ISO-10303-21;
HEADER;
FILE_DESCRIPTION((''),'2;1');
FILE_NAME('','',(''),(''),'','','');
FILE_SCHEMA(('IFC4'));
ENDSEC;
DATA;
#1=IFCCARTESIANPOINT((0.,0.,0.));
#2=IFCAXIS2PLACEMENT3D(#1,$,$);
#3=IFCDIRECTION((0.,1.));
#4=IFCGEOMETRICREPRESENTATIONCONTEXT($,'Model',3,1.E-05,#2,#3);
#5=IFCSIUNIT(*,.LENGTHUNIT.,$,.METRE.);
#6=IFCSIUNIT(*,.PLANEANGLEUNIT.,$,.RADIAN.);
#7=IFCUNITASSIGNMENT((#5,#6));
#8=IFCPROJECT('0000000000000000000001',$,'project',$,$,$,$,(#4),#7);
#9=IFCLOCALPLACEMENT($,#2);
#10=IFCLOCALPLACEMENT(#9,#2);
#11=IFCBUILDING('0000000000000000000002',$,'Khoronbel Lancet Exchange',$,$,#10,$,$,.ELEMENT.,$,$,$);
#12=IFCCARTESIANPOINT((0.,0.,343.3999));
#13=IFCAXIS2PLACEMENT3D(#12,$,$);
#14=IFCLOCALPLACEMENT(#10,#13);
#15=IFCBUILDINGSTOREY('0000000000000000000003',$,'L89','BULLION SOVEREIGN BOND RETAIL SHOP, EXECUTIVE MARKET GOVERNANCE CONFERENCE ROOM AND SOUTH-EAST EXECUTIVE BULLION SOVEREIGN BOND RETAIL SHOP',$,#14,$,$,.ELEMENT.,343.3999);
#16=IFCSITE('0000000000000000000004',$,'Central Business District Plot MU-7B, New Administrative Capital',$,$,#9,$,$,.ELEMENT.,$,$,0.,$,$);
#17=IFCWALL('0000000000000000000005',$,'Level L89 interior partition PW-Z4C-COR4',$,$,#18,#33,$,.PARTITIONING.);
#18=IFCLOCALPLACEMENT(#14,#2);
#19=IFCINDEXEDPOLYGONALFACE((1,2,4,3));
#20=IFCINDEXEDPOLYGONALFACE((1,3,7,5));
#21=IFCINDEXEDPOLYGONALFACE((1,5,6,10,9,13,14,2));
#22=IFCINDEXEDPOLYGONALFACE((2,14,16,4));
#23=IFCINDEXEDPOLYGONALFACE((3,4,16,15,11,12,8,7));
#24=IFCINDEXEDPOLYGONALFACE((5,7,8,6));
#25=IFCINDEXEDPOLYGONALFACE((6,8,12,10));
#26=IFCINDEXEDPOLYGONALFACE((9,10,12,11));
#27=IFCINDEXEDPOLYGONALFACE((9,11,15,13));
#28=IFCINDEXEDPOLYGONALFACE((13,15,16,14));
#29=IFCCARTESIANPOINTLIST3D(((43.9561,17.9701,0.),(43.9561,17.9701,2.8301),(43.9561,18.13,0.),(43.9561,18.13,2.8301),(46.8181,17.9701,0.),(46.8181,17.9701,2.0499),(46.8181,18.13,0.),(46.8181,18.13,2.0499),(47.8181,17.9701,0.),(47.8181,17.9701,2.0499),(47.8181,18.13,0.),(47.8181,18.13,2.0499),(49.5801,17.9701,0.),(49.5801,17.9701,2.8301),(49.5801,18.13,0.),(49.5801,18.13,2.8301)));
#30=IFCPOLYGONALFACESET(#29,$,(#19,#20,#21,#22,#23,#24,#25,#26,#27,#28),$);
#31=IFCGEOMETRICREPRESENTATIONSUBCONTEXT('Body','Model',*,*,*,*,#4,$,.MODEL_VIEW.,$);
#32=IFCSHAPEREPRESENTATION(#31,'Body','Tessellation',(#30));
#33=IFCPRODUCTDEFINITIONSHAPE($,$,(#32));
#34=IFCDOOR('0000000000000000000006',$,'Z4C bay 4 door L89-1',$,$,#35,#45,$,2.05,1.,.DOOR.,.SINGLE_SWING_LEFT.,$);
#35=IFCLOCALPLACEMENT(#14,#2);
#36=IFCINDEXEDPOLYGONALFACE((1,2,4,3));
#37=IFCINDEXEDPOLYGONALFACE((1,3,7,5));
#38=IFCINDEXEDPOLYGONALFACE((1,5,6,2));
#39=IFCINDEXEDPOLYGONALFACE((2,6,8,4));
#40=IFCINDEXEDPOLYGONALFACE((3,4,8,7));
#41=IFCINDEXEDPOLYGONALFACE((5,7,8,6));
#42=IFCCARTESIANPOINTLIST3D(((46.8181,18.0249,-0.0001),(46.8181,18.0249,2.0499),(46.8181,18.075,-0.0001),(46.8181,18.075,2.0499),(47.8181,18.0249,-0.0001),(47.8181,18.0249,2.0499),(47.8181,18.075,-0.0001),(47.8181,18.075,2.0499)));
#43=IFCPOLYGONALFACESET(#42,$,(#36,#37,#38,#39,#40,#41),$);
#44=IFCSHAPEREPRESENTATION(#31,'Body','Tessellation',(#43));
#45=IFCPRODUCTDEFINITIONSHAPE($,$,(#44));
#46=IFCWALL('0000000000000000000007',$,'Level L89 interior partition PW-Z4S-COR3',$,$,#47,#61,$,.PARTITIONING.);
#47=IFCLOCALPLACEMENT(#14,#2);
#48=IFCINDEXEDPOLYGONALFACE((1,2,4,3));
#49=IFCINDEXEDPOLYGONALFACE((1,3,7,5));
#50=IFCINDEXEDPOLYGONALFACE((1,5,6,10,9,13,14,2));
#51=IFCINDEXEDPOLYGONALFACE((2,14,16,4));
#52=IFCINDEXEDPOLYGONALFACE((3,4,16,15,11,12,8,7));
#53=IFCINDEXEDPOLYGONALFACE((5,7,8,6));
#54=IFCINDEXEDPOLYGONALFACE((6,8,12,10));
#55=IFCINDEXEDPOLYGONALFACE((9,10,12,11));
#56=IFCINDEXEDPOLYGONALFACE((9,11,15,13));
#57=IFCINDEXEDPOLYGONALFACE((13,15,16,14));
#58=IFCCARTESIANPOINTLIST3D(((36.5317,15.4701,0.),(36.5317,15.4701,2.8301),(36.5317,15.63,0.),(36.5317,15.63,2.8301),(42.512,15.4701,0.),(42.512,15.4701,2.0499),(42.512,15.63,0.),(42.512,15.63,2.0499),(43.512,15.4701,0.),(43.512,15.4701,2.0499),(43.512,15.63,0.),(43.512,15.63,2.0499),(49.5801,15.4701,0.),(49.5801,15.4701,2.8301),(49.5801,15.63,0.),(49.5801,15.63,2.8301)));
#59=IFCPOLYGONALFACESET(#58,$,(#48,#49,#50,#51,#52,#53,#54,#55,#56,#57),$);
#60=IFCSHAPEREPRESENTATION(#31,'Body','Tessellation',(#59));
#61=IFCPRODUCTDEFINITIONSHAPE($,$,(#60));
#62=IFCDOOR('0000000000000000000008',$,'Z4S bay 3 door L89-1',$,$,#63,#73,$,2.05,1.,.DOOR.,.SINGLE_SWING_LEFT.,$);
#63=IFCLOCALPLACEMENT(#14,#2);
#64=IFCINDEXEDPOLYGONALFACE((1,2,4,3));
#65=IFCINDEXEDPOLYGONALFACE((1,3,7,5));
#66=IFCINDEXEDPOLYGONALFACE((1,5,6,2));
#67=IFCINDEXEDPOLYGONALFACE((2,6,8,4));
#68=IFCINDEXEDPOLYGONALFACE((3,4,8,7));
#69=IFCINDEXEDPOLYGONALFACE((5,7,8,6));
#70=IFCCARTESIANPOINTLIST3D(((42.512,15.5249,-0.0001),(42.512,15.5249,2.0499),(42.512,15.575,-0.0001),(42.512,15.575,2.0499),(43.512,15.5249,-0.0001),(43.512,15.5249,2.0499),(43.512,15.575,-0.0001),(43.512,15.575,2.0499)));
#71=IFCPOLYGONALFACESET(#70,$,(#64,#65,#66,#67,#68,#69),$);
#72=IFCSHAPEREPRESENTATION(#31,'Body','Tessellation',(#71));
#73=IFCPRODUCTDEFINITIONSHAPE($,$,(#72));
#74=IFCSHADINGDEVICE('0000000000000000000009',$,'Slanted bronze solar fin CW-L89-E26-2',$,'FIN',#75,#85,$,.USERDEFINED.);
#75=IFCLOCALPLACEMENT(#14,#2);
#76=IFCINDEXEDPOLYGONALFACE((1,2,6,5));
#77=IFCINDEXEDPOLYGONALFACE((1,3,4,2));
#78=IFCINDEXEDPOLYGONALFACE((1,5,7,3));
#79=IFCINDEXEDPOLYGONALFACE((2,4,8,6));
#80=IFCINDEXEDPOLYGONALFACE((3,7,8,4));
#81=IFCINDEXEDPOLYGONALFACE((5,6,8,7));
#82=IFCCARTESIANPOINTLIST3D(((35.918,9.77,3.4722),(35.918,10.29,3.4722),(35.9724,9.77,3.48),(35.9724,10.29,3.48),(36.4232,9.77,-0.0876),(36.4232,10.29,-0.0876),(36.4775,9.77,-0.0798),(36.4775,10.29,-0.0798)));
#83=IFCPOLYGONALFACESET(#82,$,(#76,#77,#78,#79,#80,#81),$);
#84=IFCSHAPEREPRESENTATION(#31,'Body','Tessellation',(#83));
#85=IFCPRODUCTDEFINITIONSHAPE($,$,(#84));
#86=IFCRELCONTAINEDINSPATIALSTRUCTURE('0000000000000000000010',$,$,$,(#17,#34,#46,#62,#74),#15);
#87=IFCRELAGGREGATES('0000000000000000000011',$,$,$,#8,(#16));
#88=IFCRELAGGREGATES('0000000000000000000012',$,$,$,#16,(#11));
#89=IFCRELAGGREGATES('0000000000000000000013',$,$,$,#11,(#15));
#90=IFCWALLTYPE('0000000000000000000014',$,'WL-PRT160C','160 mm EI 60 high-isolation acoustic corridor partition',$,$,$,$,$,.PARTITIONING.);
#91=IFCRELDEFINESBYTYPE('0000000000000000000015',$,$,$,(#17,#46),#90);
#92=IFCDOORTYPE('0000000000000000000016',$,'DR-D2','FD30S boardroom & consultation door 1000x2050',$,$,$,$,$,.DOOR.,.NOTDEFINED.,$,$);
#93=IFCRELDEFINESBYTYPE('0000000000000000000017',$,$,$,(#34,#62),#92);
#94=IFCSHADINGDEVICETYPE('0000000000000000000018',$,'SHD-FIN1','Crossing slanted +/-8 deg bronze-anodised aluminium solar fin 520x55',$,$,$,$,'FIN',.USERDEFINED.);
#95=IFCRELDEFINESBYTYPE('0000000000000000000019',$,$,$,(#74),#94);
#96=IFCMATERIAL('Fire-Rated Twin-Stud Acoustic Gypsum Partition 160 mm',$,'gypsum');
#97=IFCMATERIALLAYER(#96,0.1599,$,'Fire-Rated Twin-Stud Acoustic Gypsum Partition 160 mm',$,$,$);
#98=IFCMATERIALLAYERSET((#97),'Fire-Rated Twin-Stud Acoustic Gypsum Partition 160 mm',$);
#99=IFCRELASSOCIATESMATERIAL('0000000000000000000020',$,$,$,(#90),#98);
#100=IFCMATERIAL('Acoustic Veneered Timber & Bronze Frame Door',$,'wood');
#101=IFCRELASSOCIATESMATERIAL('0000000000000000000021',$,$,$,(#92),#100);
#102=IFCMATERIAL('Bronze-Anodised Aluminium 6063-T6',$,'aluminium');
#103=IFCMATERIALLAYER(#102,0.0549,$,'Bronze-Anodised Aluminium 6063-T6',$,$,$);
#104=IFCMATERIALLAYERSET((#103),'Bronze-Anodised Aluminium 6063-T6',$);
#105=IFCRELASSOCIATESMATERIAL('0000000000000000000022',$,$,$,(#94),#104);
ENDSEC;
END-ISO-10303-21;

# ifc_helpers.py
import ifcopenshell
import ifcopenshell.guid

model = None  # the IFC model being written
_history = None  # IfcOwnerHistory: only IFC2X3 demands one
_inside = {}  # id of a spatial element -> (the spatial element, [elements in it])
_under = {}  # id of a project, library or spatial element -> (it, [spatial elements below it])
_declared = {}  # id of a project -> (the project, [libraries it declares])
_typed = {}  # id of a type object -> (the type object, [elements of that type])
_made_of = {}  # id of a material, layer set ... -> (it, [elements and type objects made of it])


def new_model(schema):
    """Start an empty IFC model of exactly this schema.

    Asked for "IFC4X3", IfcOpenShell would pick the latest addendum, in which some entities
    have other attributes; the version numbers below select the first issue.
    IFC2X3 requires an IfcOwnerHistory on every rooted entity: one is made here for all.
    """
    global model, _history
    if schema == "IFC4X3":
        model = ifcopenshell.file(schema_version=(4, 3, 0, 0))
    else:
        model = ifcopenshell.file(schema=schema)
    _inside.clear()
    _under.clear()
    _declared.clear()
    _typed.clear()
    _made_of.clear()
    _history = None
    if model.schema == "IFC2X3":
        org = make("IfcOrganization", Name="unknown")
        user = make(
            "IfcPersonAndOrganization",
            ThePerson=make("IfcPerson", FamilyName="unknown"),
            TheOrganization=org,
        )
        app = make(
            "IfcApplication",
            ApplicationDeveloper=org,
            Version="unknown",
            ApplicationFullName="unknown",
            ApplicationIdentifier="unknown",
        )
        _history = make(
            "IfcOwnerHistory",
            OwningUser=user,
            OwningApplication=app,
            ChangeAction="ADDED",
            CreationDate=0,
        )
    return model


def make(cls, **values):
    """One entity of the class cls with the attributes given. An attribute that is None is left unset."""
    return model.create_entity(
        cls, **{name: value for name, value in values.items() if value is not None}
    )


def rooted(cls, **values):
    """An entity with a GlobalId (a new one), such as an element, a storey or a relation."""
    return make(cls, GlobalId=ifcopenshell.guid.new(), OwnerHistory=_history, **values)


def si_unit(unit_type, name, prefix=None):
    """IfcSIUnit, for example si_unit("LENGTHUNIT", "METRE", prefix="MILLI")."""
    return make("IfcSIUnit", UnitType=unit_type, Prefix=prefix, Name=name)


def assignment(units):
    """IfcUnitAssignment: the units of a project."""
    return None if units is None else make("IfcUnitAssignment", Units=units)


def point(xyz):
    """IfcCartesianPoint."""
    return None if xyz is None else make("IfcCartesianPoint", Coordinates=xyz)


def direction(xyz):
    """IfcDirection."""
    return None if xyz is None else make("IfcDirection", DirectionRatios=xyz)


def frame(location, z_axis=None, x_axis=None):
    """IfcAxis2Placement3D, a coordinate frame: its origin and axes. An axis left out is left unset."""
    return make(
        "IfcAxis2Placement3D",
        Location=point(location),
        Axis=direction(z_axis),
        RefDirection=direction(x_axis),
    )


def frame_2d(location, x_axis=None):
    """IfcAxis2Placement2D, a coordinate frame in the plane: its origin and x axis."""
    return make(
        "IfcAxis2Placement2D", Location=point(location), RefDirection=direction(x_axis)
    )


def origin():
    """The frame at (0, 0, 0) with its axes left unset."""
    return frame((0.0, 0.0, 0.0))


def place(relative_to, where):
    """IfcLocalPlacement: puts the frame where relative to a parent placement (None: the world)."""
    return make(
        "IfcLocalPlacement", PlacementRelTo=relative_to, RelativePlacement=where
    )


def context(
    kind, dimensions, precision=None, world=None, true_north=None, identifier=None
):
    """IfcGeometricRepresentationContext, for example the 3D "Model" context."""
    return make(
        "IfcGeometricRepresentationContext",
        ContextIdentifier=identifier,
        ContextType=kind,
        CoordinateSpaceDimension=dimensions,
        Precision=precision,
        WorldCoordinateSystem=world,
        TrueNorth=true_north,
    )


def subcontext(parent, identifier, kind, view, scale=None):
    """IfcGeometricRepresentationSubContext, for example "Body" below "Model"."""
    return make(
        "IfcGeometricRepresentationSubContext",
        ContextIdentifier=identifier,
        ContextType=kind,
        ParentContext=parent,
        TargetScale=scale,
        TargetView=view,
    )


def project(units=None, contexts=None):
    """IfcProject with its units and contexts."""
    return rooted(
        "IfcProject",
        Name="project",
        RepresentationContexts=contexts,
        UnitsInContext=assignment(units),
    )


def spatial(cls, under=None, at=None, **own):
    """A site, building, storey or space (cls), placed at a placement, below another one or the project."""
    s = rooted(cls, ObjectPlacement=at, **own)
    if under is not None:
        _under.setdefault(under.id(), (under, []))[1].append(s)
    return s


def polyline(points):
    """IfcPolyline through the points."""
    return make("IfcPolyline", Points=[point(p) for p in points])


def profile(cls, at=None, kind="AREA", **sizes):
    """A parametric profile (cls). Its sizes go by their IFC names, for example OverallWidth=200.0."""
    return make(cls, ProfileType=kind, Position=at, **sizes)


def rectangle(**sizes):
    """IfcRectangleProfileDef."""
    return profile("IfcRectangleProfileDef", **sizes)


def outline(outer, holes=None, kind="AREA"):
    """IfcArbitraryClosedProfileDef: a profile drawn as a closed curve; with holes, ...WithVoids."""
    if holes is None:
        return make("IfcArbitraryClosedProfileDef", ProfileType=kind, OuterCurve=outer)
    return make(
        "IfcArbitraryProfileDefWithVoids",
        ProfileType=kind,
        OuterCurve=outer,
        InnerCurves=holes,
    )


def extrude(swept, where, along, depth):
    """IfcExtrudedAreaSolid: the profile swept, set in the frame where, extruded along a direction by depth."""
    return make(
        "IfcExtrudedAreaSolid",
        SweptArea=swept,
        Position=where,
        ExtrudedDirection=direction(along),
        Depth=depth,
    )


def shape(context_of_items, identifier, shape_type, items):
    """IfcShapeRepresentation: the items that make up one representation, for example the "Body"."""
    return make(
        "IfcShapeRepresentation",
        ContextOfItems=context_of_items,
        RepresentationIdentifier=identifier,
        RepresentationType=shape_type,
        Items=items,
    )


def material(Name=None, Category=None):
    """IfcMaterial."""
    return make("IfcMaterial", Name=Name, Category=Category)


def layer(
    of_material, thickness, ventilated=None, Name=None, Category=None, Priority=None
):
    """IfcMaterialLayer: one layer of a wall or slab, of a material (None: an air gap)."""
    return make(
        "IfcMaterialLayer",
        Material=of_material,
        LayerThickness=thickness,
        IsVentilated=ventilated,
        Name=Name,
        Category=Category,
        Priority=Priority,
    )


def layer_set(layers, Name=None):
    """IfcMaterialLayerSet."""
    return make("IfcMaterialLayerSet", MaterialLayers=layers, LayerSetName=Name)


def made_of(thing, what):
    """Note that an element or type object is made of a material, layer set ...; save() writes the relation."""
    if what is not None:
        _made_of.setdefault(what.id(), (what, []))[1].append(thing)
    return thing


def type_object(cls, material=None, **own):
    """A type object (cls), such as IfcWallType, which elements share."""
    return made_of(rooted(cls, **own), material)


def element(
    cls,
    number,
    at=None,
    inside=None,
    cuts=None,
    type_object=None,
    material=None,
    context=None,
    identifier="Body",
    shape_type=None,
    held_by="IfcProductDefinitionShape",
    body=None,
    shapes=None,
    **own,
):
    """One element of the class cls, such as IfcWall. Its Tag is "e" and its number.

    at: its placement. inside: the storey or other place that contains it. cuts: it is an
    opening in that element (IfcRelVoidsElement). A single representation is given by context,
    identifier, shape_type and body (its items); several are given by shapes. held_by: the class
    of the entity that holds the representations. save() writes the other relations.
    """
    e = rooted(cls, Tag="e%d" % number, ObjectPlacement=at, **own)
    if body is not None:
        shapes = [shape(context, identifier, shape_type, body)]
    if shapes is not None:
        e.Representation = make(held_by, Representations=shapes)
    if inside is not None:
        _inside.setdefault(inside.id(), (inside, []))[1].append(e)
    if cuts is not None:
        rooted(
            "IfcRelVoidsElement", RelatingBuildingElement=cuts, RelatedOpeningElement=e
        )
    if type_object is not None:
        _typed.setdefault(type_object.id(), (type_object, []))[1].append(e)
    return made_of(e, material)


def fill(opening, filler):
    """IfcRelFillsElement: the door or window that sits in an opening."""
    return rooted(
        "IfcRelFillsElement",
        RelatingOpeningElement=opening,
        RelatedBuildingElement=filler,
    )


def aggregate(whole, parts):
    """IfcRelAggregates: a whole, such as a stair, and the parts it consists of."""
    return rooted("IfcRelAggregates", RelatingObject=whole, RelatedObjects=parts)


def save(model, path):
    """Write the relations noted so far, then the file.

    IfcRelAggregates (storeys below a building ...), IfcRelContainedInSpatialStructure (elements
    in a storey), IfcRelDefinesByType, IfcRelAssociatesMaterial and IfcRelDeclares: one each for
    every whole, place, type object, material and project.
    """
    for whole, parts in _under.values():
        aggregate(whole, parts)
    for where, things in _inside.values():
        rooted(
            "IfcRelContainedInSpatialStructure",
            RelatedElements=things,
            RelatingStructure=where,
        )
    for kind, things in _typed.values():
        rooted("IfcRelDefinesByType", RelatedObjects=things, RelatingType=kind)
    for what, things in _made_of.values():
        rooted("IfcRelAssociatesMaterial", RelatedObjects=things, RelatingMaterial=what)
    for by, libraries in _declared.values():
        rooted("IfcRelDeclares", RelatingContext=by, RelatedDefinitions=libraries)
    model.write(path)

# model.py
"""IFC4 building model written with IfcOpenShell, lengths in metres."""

from ifc_helpers import new_model, si_unit, direction, frame, frame_2d, origin, place, context, subcontext, project, spatial, polyline, rectangle, outline, extrude, material, layer, layer_set, type_object, element, fill, save


model = new_model("IFC4")

# Units and contexts
model_context = context("Model", 3, precision=1e-05, world=origin(), true_north=direction((0.0, 1.0)))
body_context = subcontext(model_context, "Body", "Model", "MODEL_VIEW")
ifc_project = project(units=[si_unit("LENGTHUNIT", "METRE"), si_unit("PLANEANGLEUNIT", "RADIAN")], contexts=[model_context])

# Site, building, storey
site_placement = place(None, origin())
site = spatial("IfcSite", under=ifc_project, at=site_placement, Name="Central Business District Plot MU-7B, New Administrative Capital", CompositionType="ELEMENT", RefElevation=0.0)
building_placement = place(site_placement, origin())
building = spatial("IfcBuilding", under=site, at=building_placement, Name="Khoronbel Lancet Exchange", CompositionType="ELEMENT")
storey_placement = place(building_placement, frame((0.0, 0.0, 343.3999)))
storey = spatial("IfcBuildingStorey", under=building, at=storey_placement, Name="L89", Description="BULLION SOVEREIGN BOND RETAIL SHOP, EXECUTIVE MARKET GOVERNANCE CONFERENCE ROOM AND SOUTH-EAST EXECUTIVE BULLION SOVEREIGN BOND RETAIL SHOP", CompositionType="ELEMENT", Elevation=343.3999)

# Shared definitions
ifc_material_1 = material(Name="Bronze-Anodised Aluminium 6063-T6", Category="aluminium")

# Walls, openings, doors
ifc_material_2 = material(Name="Fire-Rated Twin-Stud Acoustic Gypsum Partition 160 mm", Category="gypsum")
ifc_layer_1 = layer(ifc_material_2, 0.1599, Name="Fire-Rated Twin-Stud Acoustic Gypsum Partition 160 mm")
ifc_layer_set_1 = layer_set([ifc_layer_1], Name="Fire-Rated Twin-Stud Acoustic Gypsum Partition 160 mm")
wall_type_1 = type_object("IfcWallType", Name="WL-PRT160C", Description="160 mm EI 60 high-isolation acoustic corridor partition", PredefinedType="PARTITIONING", material=ifc_layer_set_1)
ifc_material_3 = material(Name="Acoustic Veneered Timber & Bronze Frame Door", Category="wood")
door_type_1 = type_object("IfcDoorType", Name="DR-D2", Description="FD30S boardroom & consultation door 1000x2050", OperationType="NOTDEFINED", PredefinedType="DOOR", material=ifc_material_3)
wall_1_placement = place(storey_placement, frame((43.9561, 18.05, 0.0), z_axis=(0.0, 0.0, 1.0), x_axis=(1.0, 0.0, 0.0)))
wall_1 = element("IfcWall", 1, at=wall_1_placement, inside=storey, type_object=wall_type_1, Name="Level L89 interior partition PW-Z4C-COR4", PredefinedType="PARTITIONING", context=body_context, shape_type="SweptSolid", body=[
    extrude(rectangle(XDim=5.624, YDim=0.1599, at=frame_2d((2.812, 0.0))), origin(), (0.0, 0.0, 1.0), 2.8301),
])
opening_1_placement = place(wall_1_placement, frame((2.8621, 0.0, 0.0)))
opening_1 = element("IfcOpeningElement", 2, at=opening_1_placement, cuts=wall_1, PredefinedType="OPENING", context=body_context, shape_type="SweptSolid", body=[
    extrude(rectangle(XDim=1.0, YDim=2.05, at=frame_2d((0.5, 1.0249))), frame((0.0, 0.0898, 0.0), z_axis=(0.0, -1.0, 0.0), x_axis=(1.0, 0.0, 0.0)), (0.0, 0.0, 1.0), 0.1799),
])
door_1_placement = place(opening_1_placement, origin())
door_1 = element("IfcDoor", 3, at=door_1_placement, inside=storey, type_object=door_type_1, Name="Z4C bay 4 door L89-1", OperationType="SINGLE_SWING_LEFT", OverallHeight=2.05, OverallWidth=1.0, PredefinedType="DOOR", context=body_context, shape_type="SweptSolid", body=[
    extrude(rectangle(XDim=1.0, YDim=2.05, at=frame_2d((0.5, 1.0249))), frame((0.0, 0.0249, 0.0), z_axis=(0.0, -1.0, 0.0), x_axis=(1.0, 0.0, 0.0)), (0.0, 0.0, 1.0), 0.05),
])
fill(opening_1, door_1)
wall_2_placement = place(storey_placement, frame((36.5317, 15.55, 0.0), z_axis=(0.0, 0.0, 1.0), x_axis=(1.0, 0.0, 0.0)))
wall_2 = element("IfcWall", 4, at=wall_2_placement, inside=storey, type_object=wall_type_1, Name="Level L89 interior partition PW-Z4S-COR3", PredefinedType="PARTITIONING", context=body_context, shape_type="SweptSolid", body=[
    extrude(rectangle(XDim=13.0483, YDim=0.1599, at=frame_2d((6.5242, 0.0))), origin(), (0.0, 0.0, 1.0), 2.8301),
])
opening_2_placement = place(wall_2_placement, frame((5.9802, 0.0, 0.0)))
opening_2 = element("IfcOpeningElement", 5, at=opening_2_placement, cuts=wall_2, PredefinedType="OPENING", context=body_context, shape_type="SweptSolid", body=[
    extrude(rectangle(XDim=1.0, YDim=2.05, at=frame_2d((0.5, 1.0249))), frame((0.0, 0.0898, 0.0), z_axis=(0.0, -1.0, 0.0), x_axis=(1.0, 0.0, 0.0)), (0.0, 0.0, 1.0), 0.1799),
])
door_2_placement = place(opening_2_placement, origin())
door_2 = element("IfcDoor", 6, at=door_2_placement, inside=storey, type_object=door_type_1, Name="Z4S bay 3 door L89-1", OperationType="SINGLE_SWING_LEFT", OverallHeight=2.05, OverallWidth=1.0, PredefinedType="DOOR", context=body_context, shape_type="SweptSolid", body=[
    extrude(rectangle(XDim=1.0, YDim=2.05, at=frame_2d((0.5, 1.0249))), frame((0.0, 0.0249, 0.0), z_axis=(0.0, -1.0, 0.0), x_axis=(1.0, 0.0, 0.0)), (0.0, 0.0, 1.0), 0.05),
])
fill(opening_2, door_2)

# Shading device
ifc_layer_2 = layer(ifc_material_1, 0.0549, Name="Bronze-Anodised Aluminium 6063-T6")
ifc_layer_set_2 = layer_set([ifc_layer_2], Name="Bronze-Anodised Aluminium 6063-T6")
shading_device_type = type_object("IfcShadingDeviceType", Name="SHD-FIN1", Description="Crossing slanted +/-8 deg bronze-anodised aluminium solar fin 520x55", ElementType="FIN", PredefinedType="USERDEFINED", material=ifc_layer_set_2)
shading_device_placement = place(storey_placement, frame((36.4775, 9.77, -0.0798), z_axis=(0.990082, 0.0, 0.14049), x_axis=(0.0, 1.0, 0.0)))
element("IfcShadingDevice", 7, at=shading_device_placement, inside=storey, type_object=shading_device_type, Name="Slanted bronze solar fin CW-L89-E26-2", ObjectType="FIN", PredefinedType="USERDEFINED", context=body_context, shape_type="SweptSolid", body=[
    extrude(outline(polyline([(0.0, 0.0), (0.52, 0.0), (0.52, 3.5955), (0.0, 3.5955), (0.0, 0.0)])), origin(), (0.0, 0.0, -1.0), 0.0549),
])

save(model, "model.ifc")
